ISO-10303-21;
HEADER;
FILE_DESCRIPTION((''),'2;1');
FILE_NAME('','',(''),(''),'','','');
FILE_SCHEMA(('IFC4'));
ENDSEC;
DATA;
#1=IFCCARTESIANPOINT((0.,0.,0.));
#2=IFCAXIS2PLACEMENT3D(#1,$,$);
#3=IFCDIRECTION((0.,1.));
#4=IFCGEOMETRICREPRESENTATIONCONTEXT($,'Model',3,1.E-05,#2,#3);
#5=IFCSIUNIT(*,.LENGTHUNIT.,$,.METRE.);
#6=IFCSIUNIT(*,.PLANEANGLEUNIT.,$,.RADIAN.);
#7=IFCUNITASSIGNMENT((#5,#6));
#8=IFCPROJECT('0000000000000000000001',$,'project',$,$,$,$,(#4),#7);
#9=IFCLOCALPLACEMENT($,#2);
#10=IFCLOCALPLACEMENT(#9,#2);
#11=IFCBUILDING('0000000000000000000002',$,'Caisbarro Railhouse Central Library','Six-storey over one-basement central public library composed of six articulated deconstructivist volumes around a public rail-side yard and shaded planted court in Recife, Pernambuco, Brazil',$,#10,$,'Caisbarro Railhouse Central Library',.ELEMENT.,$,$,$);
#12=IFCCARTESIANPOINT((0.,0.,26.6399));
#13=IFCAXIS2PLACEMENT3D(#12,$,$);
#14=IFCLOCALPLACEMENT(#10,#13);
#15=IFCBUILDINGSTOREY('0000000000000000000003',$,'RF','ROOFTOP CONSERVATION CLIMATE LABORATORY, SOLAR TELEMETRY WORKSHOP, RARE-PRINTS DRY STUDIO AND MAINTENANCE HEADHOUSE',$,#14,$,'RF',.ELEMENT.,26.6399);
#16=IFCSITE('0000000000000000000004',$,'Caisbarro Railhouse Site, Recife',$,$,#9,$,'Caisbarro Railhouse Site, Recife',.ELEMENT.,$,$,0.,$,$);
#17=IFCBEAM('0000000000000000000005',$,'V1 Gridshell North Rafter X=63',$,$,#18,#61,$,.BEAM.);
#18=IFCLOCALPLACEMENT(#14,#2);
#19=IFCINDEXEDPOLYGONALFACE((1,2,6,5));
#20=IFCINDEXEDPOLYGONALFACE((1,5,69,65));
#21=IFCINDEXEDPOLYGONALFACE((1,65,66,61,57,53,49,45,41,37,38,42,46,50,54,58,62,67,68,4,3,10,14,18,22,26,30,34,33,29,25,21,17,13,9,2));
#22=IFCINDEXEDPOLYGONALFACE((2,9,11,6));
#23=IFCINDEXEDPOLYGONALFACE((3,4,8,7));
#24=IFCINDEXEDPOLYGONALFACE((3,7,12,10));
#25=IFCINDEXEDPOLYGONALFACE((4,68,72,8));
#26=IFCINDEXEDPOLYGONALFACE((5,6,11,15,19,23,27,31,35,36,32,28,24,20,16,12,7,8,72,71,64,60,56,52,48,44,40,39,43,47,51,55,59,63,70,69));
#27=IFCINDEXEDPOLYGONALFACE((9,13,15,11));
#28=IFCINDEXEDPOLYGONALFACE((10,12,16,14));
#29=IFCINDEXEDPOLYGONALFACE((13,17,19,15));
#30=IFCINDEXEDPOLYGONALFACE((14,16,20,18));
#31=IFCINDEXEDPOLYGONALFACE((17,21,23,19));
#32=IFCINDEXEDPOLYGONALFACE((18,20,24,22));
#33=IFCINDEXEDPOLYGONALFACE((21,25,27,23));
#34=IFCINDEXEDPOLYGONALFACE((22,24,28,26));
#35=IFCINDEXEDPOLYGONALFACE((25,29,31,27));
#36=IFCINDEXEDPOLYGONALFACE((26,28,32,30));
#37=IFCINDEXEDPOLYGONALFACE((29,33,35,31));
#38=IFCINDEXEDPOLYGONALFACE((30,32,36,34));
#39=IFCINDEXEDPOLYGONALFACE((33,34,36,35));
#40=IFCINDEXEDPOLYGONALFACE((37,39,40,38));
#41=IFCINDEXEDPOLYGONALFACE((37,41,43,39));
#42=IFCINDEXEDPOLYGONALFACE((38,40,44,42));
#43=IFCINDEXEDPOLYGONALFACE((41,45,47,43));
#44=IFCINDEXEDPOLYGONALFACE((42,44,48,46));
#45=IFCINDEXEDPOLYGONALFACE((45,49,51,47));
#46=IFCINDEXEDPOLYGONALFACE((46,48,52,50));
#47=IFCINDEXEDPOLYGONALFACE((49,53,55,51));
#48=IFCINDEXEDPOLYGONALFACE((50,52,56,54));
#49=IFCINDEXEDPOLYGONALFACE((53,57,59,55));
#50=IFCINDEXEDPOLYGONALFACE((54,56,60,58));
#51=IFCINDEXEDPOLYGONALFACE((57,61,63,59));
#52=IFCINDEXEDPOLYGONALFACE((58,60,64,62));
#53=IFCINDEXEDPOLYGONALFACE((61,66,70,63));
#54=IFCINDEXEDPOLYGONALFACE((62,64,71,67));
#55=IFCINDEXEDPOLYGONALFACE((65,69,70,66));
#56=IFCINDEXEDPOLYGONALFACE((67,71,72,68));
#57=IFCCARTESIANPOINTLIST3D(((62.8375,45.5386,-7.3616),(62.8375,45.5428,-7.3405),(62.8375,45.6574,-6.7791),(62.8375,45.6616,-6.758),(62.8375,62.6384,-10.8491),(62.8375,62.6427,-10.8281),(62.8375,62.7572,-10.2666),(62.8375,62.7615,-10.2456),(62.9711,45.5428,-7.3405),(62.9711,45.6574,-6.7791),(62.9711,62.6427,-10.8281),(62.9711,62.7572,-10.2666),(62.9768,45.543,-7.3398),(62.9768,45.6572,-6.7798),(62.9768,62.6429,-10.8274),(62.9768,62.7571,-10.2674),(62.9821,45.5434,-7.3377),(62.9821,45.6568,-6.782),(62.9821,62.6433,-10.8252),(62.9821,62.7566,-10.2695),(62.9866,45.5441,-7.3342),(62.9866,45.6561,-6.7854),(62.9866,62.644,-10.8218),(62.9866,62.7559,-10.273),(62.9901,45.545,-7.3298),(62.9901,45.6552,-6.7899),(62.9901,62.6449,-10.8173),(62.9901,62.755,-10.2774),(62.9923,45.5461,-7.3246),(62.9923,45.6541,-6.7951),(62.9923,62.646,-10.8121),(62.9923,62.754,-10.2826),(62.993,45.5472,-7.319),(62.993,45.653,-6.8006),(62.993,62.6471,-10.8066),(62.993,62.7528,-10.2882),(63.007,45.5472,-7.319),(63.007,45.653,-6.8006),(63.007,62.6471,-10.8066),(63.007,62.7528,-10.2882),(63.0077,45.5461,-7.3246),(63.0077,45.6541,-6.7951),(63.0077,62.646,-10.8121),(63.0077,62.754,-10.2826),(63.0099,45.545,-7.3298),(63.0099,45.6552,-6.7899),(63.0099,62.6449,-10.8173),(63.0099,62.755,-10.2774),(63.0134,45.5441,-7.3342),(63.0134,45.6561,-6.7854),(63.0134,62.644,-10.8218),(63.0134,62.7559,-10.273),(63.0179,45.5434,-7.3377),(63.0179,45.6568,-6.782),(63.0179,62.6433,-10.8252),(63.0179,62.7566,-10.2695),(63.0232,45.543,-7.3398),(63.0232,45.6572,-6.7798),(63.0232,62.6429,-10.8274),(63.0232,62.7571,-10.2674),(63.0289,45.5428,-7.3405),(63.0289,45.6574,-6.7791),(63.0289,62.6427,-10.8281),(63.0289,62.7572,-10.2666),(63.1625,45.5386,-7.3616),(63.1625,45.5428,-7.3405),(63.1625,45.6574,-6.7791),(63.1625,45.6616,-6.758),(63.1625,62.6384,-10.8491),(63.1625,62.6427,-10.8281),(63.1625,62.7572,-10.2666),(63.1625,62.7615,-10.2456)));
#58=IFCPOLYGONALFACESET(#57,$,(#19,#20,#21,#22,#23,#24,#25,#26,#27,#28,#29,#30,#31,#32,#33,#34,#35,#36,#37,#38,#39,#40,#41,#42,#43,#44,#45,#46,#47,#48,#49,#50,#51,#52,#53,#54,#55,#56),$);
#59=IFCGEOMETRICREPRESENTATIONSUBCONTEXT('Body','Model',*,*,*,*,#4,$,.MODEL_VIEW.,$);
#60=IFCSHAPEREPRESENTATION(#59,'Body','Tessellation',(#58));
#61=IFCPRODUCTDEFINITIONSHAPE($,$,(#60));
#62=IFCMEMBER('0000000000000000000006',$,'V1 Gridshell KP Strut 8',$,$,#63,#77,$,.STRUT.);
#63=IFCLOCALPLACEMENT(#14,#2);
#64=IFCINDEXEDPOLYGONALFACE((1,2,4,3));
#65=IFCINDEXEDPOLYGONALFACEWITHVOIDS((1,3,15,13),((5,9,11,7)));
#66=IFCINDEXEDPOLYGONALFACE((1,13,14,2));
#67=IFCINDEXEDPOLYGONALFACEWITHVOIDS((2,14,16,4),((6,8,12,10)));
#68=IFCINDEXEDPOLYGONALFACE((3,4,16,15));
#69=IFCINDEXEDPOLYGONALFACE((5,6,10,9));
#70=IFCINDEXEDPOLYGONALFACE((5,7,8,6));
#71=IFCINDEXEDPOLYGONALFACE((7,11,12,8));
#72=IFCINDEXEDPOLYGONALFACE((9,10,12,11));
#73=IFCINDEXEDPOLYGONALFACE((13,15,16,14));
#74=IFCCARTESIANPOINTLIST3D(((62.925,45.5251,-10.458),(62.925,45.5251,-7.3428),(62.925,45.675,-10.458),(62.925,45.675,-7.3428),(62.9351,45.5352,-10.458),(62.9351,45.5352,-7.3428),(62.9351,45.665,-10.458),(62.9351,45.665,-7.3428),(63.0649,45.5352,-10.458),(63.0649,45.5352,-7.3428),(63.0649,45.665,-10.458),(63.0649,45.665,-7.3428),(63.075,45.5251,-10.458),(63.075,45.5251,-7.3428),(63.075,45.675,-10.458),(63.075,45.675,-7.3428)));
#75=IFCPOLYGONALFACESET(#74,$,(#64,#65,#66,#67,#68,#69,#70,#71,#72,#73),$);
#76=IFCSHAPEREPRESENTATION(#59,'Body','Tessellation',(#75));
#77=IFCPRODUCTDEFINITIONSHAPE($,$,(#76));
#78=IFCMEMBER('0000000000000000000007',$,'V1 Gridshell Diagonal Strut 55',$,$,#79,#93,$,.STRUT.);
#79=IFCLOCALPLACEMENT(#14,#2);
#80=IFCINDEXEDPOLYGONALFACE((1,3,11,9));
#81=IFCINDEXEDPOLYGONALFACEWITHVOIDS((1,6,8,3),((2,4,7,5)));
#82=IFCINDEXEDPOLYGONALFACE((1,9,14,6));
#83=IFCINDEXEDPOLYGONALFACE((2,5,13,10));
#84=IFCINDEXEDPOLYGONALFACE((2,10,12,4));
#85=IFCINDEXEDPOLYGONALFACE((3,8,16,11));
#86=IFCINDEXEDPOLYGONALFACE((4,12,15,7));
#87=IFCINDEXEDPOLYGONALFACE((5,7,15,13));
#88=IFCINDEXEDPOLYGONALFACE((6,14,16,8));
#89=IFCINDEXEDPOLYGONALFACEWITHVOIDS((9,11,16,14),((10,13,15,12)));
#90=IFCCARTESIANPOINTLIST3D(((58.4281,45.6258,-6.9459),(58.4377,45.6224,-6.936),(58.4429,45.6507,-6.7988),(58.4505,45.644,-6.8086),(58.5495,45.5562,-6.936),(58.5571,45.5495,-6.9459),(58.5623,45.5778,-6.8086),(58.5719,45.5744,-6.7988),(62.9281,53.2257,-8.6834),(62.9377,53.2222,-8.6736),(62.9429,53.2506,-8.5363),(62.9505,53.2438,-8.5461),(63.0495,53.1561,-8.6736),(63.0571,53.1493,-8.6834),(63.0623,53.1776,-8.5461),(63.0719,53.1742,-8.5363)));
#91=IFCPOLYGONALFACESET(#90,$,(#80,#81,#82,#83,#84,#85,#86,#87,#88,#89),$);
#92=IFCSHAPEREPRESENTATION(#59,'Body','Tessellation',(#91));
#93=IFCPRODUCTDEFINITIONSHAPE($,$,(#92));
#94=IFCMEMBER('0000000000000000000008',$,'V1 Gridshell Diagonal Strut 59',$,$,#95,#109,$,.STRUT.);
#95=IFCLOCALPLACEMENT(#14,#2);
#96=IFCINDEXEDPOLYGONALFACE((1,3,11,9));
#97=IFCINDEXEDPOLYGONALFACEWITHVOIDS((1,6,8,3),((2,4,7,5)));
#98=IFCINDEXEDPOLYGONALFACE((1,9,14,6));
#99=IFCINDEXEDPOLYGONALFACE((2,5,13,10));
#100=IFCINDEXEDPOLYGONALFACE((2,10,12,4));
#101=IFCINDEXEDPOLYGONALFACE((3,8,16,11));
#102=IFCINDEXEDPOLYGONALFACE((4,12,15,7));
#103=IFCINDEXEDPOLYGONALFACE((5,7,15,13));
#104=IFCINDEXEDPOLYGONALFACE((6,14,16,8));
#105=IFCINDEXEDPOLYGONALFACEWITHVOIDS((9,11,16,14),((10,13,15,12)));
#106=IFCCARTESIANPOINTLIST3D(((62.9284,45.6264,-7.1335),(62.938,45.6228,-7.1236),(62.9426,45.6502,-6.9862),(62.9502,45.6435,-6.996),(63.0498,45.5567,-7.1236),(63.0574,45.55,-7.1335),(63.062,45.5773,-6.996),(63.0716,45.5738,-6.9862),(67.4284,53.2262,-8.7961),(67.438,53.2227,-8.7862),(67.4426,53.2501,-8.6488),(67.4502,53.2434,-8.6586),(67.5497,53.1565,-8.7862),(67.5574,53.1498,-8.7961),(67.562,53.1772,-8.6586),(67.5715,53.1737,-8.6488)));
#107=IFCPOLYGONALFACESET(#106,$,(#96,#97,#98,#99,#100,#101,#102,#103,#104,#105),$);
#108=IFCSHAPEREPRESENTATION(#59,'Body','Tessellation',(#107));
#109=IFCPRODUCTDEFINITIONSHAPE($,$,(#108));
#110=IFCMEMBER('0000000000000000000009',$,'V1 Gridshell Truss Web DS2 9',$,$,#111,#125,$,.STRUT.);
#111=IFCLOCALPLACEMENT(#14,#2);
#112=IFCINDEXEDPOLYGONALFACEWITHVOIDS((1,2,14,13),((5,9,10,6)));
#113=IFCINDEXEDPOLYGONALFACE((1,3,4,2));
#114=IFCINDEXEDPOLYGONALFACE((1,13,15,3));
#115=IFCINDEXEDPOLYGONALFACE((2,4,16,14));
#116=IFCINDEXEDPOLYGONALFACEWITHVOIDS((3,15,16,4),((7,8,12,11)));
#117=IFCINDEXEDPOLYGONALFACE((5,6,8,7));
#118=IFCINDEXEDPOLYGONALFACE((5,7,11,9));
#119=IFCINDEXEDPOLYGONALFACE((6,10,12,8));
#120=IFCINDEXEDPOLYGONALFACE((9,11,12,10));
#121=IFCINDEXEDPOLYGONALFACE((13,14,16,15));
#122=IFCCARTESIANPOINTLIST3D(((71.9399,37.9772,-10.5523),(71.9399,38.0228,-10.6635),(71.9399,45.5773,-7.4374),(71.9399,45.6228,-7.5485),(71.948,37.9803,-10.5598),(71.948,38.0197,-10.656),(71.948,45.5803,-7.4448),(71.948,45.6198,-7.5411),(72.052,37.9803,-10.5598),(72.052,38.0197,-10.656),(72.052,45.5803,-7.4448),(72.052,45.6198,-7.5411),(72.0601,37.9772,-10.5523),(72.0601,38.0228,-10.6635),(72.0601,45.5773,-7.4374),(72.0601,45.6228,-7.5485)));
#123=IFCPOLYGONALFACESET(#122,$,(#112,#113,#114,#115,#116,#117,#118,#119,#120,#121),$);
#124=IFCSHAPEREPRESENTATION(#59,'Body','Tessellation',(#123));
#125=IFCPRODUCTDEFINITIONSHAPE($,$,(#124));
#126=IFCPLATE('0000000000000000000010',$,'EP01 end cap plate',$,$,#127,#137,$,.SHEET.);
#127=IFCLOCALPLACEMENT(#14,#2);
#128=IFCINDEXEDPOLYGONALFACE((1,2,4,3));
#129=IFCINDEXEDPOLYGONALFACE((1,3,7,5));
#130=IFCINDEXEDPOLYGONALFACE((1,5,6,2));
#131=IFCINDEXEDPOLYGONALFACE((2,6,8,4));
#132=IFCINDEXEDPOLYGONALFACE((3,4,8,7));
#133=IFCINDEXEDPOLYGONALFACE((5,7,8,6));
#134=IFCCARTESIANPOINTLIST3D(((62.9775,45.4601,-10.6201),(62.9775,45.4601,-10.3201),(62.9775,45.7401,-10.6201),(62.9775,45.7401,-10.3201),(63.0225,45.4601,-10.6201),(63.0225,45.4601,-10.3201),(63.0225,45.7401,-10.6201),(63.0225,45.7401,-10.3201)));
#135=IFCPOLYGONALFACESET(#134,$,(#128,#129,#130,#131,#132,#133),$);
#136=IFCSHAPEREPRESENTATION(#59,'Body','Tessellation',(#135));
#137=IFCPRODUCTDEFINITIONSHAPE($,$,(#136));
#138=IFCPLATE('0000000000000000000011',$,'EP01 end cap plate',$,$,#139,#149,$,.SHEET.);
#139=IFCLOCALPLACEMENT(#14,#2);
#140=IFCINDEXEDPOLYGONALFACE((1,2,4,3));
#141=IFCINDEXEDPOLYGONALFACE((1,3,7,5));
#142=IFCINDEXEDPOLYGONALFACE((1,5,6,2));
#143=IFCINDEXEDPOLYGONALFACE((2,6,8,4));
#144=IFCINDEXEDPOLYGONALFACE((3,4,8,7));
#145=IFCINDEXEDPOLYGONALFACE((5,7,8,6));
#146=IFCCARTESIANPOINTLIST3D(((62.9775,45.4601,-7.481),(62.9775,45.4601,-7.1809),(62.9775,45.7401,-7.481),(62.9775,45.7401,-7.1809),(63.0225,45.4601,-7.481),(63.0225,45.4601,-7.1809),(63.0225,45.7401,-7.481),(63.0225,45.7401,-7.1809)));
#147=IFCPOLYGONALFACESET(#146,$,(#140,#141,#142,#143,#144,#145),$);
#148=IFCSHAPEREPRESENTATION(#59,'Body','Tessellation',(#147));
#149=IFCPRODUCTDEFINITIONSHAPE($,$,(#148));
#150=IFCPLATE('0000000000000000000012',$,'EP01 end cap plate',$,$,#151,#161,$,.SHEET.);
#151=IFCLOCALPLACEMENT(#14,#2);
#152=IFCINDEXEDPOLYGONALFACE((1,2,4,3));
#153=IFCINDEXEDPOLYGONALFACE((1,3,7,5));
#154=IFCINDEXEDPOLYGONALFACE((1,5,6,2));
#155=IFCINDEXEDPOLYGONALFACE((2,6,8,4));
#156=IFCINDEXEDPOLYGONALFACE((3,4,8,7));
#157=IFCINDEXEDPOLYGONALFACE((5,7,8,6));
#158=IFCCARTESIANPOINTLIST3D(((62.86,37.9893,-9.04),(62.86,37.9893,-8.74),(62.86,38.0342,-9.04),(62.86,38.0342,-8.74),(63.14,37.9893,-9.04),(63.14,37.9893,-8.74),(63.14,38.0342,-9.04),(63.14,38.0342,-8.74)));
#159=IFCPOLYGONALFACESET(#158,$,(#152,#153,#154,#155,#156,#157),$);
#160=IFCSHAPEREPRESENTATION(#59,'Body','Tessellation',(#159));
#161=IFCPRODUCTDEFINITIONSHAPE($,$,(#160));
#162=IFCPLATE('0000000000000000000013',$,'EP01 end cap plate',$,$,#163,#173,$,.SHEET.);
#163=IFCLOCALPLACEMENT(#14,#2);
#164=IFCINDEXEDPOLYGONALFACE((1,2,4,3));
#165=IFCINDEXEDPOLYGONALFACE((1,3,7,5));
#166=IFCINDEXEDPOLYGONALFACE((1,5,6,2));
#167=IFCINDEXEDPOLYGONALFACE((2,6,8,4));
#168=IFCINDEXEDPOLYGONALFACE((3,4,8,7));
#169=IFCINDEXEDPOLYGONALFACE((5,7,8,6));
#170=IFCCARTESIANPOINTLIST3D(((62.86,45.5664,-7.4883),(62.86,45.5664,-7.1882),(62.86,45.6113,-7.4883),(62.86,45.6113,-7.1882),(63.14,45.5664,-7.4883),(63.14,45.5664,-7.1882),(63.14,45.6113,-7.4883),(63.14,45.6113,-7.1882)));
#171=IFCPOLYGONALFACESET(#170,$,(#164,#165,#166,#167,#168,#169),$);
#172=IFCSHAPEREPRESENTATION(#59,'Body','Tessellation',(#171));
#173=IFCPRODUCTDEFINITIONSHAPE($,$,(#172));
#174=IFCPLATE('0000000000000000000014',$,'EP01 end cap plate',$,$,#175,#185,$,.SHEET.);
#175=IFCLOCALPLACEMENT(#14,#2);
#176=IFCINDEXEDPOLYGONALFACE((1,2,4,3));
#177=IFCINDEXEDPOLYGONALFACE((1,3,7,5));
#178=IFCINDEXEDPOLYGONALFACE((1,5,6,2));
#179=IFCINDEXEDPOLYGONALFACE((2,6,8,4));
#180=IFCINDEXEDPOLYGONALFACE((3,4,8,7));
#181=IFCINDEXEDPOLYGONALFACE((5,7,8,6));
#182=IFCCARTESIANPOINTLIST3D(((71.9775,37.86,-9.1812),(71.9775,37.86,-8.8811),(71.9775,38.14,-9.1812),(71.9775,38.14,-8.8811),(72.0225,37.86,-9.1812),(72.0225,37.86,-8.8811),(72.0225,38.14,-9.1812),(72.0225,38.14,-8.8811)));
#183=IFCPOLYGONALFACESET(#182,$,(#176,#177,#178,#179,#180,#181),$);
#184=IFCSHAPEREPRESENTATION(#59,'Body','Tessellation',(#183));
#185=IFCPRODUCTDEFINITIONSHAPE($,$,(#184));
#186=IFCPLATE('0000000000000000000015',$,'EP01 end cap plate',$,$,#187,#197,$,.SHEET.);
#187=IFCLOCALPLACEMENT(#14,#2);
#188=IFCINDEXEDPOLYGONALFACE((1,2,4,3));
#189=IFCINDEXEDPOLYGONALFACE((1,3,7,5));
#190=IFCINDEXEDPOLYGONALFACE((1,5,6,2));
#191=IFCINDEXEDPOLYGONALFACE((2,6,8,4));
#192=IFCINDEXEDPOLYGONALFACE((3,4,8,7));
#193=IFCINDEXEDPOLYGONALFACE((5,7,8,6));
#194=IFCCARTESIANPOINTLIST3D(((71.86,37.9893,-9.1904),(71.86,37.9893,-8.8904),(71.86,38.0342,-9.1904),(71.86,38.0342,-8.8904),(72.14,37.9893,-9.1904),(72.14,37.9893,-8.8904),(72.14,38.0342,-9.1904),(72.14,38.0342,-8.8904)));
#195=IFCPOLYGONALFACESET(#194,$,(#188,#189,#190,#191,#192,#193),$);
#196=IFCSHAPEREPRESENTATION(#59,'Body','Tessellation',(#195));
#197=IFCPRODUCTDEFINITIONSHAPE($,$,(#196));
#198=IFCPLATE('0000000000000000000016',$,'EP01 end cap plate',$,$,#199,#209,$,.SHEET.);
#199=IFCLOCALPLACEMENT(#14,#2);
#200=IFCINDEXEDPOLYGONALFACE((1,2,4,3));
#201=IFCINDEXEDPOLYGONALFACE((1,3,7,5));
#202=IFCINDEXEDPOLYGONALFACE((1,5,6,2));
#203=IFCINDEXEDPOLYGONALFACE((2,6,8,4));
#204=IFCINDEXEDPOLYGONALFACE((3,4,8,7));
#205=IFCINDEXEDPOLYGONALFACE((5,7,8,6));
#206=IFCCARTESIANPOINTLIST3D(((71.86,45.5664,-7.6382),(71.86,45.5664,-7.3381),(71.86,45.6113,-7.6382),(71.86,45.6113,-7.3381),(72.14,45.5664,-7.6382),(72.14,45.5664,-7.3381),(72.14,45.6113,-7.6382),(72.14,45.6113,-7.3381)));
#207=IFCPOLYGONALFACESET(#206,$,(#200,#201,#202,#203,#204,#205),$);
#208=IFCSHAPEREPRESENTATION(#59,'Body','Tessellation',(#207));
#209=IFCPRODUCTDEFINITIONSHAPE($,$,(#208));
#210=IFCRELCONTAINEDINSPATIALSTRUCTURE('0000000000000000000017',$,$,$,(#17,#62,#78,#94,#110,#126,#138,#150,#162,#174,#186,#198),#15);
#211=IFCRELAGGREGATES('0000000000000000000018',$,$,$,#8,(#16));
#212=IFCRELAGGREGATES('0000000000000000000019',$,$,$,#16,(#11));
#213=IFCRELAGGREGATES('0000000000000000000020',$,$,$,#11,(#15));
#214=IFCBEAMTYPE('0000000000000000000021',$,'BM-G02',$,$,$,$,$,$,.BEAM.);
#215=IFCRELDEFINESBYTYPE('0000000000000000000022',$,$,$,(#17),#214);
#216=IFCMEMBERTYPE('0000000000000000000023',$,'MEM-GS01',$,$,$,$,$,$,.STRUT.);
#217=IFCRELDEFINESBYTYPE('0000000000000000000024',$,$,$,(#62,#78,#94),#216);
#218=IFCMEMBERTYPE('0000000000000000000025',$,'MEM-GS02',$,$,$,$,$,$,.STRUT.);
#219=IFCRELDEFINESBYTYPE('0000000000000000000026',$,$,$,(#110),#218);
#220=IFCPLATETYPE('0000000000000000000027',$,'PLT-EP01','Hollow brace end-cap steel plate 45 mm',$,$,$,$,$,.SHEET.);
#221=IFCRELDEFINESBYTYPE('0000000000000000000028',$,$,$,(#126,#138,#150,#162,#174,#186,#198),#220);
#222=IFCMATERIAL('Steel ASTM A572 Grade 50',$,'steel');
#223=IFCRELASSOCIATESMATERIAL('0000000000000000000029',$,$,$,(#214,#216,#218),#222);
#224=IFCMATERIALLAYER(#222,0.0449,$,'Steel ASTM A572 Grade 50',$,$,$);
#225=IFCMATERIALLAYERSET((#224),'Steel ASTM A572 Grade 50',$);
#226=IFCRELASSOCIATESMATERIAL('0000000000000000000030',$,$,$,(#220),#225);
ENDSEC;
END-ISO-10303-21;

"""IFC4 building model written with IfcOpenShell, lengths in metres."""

from ifc_helpers import new_model, si_unit, direction, frame, origin, origin_2d, place, context, subcontext, project, spatial, rectangle, hollow_rectangle, i_section, extrude, material, layer, layer_set, material_profile, profile_set, type_object, element, save


model = new_model("IFC4")

# Units and contexts
model_context = context("Model", 3, precision=1e-05, world=origin(), true_north=direction((0.0, 1.0)))
body_context = subcontext(model_context, "Body", "Model", "MODEL_VIEW")
ifc_project = project(units=[si_unit("LENGTHUNIT", "METRE"), si_unit("PLANEANGLEUNIT", "RADIAN")], contexts=[model_context])

# Site, building, storey
site_placement = place(None, origin())
site = spatial("IfcSite", under=ifc_project, at=site_placement, Name="Caisbarro Railhouse Site, Recife", LongName="Caisbarro Railhouse Site, Recife", CompositionType="ELEMENT", RefElevation=0.0)
building_placement = place(site_placement, origin())
building = spatial("IfcBuilding", under=site, at=building_placement, Name="Caisbarro Railhouse Central Library", Description="Six-storey over one-basement central public library composed of six articulated deconstructivist volumes around a public rail-side yard and shaded planted court in Recife, Pernambuco, Brazil", LongName="Caisbarro Railhouse Central Library", CompositionType="ELEMENT")
storey_placement = place(building_placement, frame((0.0, 0.0, 26.6399)))
storey = spatial("IfcBuildingStorey", under=building, at=storey_placement, Name="RF", Description="ROOFTOP CONSERVATION CLIMATE LABORATORY, SOLAR TELEMETRY WORKSHOP, RARE-PRINTS DRY STUDIO AND MAINTENANCE HEADHOUSE", LongName="RF", CompositionType="ELEMENT", Elevation=26.6399)

# Beam
ifc_material_1 = material(Name="Steel ASTM A572 Grade 50", Category="steel")
ifc_material_profile_1 = material_profile(ifc_material_1, i_section(OverallWidth=0.325, OverallDepth=0.616, WebThickness=0.0139, FlangeThickness=0.0215, FilletRadius=0.022, at=origin_2d()), Name="W610X174.0")
ifc_profile_set_1 = profile_set([ifc_material_profile_1], Name="Steel ASTM A572 Grade 50")
beam_type = type_object("IfcBeamType", Name="BM-G02", PredefinedType="BEAM", material=ifc_profile_set_1)
beam_placement = place(storey_placement, frame((63.0, 45.6001, -7.0598), z_axis=(0.0, 0.979829, -0.199838), x_axis=(-1.0, 0.0, 0.0)))
element("IfcBeam", 1, at=beam_placement, inside=storey, type_object=beam_type, Name="V1 Gridshell North Rafter X=63", PredefinedType="BEAM", context=body_context, shape_type="SweptSolid", body=[
    extrude(i_section(OverallWidth=0.325, OverallDepth=0.616, WebThickness=0.0139, FlangeThickness=0.0215, FilletRadius=0.022, at=origin_2d()), origin(), (0.0, 0.0, 1.0), 17.4519),
])

# Members
ifc_material_profile_2 = material_profile(ifc_material_1, hollow_rectangle(XDim=0.1499, YDim=0.1499, WallThickness=0.01, at=origin_2d()), Name="HSS150X150X10")
ifc_profile_set_2 = profile_set([ifc_material_profile_2], Name="Steel ASTM A572 Grade 50")
member_type_1 = type_object("IfcMemberType", Name="MEM-GS01", PredefinedType="STRUT", material=ifc_profile_set_2)
member_1_placement = place(storey_placement, frame((63.0, 45.6001, -10.458), z_axis=(0.0, 0.0, 1.0), x_axis=(1.0, 0.0, 0.0)))
element("IfcMember", 2, at=member_1_placement, inside=storey, type_object=member_type_1, Name="V1 Gridshell KP Strut 8", PredefinedType="STRUT", context=body_context, shape_type="SweptSolid", body=[
    extrude(hollow_rectangle(XDim=0.1499, YDim=0.1499, WallThickness=0.01, at=origin_2d()), origin(), (0.0, 0.0, 1.0), 3.1152),
])
member_2_placement = place(storey_placement, frame((58.5, 45.6001, -6.8723), z_axis=(0.499917, 0.844288, -0.193029), x_axis=(-0.860471, 0.509499, 0.0)))
element("IfcMember", 3, at=member_2_placement, inside=storey, type_object=member_type_1, Name="V1 Gridshell Diagonal Strut 55", PredefinedType="STRUT", context=body_context, shape_type="SweptSolid", body=[
    extrude(hollow_rectangle(XDim=0.1499, YDim=0.1499, WallThickness=0.01, at=origin_2d()), origin(), (0.0, 0.0, 1.0), 9.0015),
])
member_3_placement = place(storey_placement, frame((63.0, 45.6001, -7.0598), z_axis=(0.500705, 0.845619, -0.184994), x_axis=(-0.860471, 0.509499, 0.0)))
element("IfcMember", 4, at=member_3_placement, inside=storey, type_object=member_type_1, Name="V1 Gridshell Diagonal Strut 59", PredefinedType="STRUT", context=body_context, shape_type="SweptSolid", body=[
    extrude(hollow_rectangle(XDim=0.1499, YDim=0.1499, WallThickness=0.01, at=origin_2d()), origin(), (0.0, 0.0, 1.0), 8.9873),
])
ifc_material_profile_3 = material_profile(ifc_material_1, hollow_rectangle(XDim=0.1201, YDim=0.1201, WallThickness=0.0081, at=origin_2d()), Name="HSS120X120X8")
ifc_profile_set_3 = profile_set([ifc_material_profile_3], Name="Steel ASTM A572 Grade 50")
member_type_2 = type_object("IfcMemberType", Name="MEM-GS02", PredefinedType="STRUT", material=ifc_profile_set_3)
member_4_placement = place(storey_placement, frame((72.0, 38.0, -10.6079), z_axis=(0.0, 0.925297, 0.379244), x_axis=(-1.0, 0.0, 0.0)))
element("IfcMember", 5, at=member_4_placement, inside=storey, type_object=member_type_2, Name="V1 Gridshell Truss Web DS2 9", PredefinedType="STRUT", context=body_context, shape_type="SweptSolid", body=[
    extrude(hollow_rectangle(XDim=0.1201, YDim=0.1201, WallThickness=0.0081, at=origin_2d()), origin(), (0.0, 0.0, 1.0), 8.2136),
])

# Plates
ifc_layer_1 = layer(ifc_material_1, 0.0449, Name="Steel ASTM A572 Grade 50")
ifc_layer_set_1 = layer_set([ifc_layer_1], Name="Steel ASTM A572 Grade 50")
plate_type_1 = type_object("IfcPlateType", Name="PLT-EP01", Description="Hollow brace end-cap steel plate 45 mm", PredefinedType="SHEET", material=ifc_layer_set_1)
for number, where, z_axis, x_axis, name in (
    (6, (63.0, 45.6001, -10.6201), (0.0, 0.0, 1.0), (1.0, 0.0, 0.0), "EP01 end cap plate"),
    (7, (63.0, 45.6001, -7.481), (0.0, 0.0, 1.0), (1.0, 0.0, 0.0), "EP01 end cap plate"),
    (8, (63.0, 38.0117, -9.04), (0.0, 0.0, 1.0), (0.0, 1.0, 0.0), "EP01 end cap plate"),
    (9, (63.0, 45.5889, -7.4883), (0.0, 0.0, 1.0), (0.0, -1.0, 0.0), "EP01 end cap plate"),
    (10, (72.0, 38.0, -9.1812), (0.0, 0.0, 1.0), (1.0, 0.0, 0.0), "EP01 end cap plate"),
    (11, (72.0, 38.0117, -9.1904), (0.0, 0.0, 1.0), (0.0, 1.0, 0.0), "EP01 end cap plate"),
    (12, (72.0, 45.5889, -7.6382), (0.0, 0.0, 1.0), (0.0, -1.0, 0.0), "EP01 end cap plate"),
):
    element("IfcPlate", number, at=place(storey_placement, frame(where, z_axis=z_axis, x_axis=x_axis)), inside=storey, type_object=plate_type_1, Name=name, PredefinedType="SHEET", context=body_context, shape_type="SweptSolid", body=[
        extrude(rectangle(XDim=0.0449, YDim=0.28, at=origin_2d()), origin(), (0.0, 0.0, 1.0), 0.3),
    ])

save(model, "model.ifc")
